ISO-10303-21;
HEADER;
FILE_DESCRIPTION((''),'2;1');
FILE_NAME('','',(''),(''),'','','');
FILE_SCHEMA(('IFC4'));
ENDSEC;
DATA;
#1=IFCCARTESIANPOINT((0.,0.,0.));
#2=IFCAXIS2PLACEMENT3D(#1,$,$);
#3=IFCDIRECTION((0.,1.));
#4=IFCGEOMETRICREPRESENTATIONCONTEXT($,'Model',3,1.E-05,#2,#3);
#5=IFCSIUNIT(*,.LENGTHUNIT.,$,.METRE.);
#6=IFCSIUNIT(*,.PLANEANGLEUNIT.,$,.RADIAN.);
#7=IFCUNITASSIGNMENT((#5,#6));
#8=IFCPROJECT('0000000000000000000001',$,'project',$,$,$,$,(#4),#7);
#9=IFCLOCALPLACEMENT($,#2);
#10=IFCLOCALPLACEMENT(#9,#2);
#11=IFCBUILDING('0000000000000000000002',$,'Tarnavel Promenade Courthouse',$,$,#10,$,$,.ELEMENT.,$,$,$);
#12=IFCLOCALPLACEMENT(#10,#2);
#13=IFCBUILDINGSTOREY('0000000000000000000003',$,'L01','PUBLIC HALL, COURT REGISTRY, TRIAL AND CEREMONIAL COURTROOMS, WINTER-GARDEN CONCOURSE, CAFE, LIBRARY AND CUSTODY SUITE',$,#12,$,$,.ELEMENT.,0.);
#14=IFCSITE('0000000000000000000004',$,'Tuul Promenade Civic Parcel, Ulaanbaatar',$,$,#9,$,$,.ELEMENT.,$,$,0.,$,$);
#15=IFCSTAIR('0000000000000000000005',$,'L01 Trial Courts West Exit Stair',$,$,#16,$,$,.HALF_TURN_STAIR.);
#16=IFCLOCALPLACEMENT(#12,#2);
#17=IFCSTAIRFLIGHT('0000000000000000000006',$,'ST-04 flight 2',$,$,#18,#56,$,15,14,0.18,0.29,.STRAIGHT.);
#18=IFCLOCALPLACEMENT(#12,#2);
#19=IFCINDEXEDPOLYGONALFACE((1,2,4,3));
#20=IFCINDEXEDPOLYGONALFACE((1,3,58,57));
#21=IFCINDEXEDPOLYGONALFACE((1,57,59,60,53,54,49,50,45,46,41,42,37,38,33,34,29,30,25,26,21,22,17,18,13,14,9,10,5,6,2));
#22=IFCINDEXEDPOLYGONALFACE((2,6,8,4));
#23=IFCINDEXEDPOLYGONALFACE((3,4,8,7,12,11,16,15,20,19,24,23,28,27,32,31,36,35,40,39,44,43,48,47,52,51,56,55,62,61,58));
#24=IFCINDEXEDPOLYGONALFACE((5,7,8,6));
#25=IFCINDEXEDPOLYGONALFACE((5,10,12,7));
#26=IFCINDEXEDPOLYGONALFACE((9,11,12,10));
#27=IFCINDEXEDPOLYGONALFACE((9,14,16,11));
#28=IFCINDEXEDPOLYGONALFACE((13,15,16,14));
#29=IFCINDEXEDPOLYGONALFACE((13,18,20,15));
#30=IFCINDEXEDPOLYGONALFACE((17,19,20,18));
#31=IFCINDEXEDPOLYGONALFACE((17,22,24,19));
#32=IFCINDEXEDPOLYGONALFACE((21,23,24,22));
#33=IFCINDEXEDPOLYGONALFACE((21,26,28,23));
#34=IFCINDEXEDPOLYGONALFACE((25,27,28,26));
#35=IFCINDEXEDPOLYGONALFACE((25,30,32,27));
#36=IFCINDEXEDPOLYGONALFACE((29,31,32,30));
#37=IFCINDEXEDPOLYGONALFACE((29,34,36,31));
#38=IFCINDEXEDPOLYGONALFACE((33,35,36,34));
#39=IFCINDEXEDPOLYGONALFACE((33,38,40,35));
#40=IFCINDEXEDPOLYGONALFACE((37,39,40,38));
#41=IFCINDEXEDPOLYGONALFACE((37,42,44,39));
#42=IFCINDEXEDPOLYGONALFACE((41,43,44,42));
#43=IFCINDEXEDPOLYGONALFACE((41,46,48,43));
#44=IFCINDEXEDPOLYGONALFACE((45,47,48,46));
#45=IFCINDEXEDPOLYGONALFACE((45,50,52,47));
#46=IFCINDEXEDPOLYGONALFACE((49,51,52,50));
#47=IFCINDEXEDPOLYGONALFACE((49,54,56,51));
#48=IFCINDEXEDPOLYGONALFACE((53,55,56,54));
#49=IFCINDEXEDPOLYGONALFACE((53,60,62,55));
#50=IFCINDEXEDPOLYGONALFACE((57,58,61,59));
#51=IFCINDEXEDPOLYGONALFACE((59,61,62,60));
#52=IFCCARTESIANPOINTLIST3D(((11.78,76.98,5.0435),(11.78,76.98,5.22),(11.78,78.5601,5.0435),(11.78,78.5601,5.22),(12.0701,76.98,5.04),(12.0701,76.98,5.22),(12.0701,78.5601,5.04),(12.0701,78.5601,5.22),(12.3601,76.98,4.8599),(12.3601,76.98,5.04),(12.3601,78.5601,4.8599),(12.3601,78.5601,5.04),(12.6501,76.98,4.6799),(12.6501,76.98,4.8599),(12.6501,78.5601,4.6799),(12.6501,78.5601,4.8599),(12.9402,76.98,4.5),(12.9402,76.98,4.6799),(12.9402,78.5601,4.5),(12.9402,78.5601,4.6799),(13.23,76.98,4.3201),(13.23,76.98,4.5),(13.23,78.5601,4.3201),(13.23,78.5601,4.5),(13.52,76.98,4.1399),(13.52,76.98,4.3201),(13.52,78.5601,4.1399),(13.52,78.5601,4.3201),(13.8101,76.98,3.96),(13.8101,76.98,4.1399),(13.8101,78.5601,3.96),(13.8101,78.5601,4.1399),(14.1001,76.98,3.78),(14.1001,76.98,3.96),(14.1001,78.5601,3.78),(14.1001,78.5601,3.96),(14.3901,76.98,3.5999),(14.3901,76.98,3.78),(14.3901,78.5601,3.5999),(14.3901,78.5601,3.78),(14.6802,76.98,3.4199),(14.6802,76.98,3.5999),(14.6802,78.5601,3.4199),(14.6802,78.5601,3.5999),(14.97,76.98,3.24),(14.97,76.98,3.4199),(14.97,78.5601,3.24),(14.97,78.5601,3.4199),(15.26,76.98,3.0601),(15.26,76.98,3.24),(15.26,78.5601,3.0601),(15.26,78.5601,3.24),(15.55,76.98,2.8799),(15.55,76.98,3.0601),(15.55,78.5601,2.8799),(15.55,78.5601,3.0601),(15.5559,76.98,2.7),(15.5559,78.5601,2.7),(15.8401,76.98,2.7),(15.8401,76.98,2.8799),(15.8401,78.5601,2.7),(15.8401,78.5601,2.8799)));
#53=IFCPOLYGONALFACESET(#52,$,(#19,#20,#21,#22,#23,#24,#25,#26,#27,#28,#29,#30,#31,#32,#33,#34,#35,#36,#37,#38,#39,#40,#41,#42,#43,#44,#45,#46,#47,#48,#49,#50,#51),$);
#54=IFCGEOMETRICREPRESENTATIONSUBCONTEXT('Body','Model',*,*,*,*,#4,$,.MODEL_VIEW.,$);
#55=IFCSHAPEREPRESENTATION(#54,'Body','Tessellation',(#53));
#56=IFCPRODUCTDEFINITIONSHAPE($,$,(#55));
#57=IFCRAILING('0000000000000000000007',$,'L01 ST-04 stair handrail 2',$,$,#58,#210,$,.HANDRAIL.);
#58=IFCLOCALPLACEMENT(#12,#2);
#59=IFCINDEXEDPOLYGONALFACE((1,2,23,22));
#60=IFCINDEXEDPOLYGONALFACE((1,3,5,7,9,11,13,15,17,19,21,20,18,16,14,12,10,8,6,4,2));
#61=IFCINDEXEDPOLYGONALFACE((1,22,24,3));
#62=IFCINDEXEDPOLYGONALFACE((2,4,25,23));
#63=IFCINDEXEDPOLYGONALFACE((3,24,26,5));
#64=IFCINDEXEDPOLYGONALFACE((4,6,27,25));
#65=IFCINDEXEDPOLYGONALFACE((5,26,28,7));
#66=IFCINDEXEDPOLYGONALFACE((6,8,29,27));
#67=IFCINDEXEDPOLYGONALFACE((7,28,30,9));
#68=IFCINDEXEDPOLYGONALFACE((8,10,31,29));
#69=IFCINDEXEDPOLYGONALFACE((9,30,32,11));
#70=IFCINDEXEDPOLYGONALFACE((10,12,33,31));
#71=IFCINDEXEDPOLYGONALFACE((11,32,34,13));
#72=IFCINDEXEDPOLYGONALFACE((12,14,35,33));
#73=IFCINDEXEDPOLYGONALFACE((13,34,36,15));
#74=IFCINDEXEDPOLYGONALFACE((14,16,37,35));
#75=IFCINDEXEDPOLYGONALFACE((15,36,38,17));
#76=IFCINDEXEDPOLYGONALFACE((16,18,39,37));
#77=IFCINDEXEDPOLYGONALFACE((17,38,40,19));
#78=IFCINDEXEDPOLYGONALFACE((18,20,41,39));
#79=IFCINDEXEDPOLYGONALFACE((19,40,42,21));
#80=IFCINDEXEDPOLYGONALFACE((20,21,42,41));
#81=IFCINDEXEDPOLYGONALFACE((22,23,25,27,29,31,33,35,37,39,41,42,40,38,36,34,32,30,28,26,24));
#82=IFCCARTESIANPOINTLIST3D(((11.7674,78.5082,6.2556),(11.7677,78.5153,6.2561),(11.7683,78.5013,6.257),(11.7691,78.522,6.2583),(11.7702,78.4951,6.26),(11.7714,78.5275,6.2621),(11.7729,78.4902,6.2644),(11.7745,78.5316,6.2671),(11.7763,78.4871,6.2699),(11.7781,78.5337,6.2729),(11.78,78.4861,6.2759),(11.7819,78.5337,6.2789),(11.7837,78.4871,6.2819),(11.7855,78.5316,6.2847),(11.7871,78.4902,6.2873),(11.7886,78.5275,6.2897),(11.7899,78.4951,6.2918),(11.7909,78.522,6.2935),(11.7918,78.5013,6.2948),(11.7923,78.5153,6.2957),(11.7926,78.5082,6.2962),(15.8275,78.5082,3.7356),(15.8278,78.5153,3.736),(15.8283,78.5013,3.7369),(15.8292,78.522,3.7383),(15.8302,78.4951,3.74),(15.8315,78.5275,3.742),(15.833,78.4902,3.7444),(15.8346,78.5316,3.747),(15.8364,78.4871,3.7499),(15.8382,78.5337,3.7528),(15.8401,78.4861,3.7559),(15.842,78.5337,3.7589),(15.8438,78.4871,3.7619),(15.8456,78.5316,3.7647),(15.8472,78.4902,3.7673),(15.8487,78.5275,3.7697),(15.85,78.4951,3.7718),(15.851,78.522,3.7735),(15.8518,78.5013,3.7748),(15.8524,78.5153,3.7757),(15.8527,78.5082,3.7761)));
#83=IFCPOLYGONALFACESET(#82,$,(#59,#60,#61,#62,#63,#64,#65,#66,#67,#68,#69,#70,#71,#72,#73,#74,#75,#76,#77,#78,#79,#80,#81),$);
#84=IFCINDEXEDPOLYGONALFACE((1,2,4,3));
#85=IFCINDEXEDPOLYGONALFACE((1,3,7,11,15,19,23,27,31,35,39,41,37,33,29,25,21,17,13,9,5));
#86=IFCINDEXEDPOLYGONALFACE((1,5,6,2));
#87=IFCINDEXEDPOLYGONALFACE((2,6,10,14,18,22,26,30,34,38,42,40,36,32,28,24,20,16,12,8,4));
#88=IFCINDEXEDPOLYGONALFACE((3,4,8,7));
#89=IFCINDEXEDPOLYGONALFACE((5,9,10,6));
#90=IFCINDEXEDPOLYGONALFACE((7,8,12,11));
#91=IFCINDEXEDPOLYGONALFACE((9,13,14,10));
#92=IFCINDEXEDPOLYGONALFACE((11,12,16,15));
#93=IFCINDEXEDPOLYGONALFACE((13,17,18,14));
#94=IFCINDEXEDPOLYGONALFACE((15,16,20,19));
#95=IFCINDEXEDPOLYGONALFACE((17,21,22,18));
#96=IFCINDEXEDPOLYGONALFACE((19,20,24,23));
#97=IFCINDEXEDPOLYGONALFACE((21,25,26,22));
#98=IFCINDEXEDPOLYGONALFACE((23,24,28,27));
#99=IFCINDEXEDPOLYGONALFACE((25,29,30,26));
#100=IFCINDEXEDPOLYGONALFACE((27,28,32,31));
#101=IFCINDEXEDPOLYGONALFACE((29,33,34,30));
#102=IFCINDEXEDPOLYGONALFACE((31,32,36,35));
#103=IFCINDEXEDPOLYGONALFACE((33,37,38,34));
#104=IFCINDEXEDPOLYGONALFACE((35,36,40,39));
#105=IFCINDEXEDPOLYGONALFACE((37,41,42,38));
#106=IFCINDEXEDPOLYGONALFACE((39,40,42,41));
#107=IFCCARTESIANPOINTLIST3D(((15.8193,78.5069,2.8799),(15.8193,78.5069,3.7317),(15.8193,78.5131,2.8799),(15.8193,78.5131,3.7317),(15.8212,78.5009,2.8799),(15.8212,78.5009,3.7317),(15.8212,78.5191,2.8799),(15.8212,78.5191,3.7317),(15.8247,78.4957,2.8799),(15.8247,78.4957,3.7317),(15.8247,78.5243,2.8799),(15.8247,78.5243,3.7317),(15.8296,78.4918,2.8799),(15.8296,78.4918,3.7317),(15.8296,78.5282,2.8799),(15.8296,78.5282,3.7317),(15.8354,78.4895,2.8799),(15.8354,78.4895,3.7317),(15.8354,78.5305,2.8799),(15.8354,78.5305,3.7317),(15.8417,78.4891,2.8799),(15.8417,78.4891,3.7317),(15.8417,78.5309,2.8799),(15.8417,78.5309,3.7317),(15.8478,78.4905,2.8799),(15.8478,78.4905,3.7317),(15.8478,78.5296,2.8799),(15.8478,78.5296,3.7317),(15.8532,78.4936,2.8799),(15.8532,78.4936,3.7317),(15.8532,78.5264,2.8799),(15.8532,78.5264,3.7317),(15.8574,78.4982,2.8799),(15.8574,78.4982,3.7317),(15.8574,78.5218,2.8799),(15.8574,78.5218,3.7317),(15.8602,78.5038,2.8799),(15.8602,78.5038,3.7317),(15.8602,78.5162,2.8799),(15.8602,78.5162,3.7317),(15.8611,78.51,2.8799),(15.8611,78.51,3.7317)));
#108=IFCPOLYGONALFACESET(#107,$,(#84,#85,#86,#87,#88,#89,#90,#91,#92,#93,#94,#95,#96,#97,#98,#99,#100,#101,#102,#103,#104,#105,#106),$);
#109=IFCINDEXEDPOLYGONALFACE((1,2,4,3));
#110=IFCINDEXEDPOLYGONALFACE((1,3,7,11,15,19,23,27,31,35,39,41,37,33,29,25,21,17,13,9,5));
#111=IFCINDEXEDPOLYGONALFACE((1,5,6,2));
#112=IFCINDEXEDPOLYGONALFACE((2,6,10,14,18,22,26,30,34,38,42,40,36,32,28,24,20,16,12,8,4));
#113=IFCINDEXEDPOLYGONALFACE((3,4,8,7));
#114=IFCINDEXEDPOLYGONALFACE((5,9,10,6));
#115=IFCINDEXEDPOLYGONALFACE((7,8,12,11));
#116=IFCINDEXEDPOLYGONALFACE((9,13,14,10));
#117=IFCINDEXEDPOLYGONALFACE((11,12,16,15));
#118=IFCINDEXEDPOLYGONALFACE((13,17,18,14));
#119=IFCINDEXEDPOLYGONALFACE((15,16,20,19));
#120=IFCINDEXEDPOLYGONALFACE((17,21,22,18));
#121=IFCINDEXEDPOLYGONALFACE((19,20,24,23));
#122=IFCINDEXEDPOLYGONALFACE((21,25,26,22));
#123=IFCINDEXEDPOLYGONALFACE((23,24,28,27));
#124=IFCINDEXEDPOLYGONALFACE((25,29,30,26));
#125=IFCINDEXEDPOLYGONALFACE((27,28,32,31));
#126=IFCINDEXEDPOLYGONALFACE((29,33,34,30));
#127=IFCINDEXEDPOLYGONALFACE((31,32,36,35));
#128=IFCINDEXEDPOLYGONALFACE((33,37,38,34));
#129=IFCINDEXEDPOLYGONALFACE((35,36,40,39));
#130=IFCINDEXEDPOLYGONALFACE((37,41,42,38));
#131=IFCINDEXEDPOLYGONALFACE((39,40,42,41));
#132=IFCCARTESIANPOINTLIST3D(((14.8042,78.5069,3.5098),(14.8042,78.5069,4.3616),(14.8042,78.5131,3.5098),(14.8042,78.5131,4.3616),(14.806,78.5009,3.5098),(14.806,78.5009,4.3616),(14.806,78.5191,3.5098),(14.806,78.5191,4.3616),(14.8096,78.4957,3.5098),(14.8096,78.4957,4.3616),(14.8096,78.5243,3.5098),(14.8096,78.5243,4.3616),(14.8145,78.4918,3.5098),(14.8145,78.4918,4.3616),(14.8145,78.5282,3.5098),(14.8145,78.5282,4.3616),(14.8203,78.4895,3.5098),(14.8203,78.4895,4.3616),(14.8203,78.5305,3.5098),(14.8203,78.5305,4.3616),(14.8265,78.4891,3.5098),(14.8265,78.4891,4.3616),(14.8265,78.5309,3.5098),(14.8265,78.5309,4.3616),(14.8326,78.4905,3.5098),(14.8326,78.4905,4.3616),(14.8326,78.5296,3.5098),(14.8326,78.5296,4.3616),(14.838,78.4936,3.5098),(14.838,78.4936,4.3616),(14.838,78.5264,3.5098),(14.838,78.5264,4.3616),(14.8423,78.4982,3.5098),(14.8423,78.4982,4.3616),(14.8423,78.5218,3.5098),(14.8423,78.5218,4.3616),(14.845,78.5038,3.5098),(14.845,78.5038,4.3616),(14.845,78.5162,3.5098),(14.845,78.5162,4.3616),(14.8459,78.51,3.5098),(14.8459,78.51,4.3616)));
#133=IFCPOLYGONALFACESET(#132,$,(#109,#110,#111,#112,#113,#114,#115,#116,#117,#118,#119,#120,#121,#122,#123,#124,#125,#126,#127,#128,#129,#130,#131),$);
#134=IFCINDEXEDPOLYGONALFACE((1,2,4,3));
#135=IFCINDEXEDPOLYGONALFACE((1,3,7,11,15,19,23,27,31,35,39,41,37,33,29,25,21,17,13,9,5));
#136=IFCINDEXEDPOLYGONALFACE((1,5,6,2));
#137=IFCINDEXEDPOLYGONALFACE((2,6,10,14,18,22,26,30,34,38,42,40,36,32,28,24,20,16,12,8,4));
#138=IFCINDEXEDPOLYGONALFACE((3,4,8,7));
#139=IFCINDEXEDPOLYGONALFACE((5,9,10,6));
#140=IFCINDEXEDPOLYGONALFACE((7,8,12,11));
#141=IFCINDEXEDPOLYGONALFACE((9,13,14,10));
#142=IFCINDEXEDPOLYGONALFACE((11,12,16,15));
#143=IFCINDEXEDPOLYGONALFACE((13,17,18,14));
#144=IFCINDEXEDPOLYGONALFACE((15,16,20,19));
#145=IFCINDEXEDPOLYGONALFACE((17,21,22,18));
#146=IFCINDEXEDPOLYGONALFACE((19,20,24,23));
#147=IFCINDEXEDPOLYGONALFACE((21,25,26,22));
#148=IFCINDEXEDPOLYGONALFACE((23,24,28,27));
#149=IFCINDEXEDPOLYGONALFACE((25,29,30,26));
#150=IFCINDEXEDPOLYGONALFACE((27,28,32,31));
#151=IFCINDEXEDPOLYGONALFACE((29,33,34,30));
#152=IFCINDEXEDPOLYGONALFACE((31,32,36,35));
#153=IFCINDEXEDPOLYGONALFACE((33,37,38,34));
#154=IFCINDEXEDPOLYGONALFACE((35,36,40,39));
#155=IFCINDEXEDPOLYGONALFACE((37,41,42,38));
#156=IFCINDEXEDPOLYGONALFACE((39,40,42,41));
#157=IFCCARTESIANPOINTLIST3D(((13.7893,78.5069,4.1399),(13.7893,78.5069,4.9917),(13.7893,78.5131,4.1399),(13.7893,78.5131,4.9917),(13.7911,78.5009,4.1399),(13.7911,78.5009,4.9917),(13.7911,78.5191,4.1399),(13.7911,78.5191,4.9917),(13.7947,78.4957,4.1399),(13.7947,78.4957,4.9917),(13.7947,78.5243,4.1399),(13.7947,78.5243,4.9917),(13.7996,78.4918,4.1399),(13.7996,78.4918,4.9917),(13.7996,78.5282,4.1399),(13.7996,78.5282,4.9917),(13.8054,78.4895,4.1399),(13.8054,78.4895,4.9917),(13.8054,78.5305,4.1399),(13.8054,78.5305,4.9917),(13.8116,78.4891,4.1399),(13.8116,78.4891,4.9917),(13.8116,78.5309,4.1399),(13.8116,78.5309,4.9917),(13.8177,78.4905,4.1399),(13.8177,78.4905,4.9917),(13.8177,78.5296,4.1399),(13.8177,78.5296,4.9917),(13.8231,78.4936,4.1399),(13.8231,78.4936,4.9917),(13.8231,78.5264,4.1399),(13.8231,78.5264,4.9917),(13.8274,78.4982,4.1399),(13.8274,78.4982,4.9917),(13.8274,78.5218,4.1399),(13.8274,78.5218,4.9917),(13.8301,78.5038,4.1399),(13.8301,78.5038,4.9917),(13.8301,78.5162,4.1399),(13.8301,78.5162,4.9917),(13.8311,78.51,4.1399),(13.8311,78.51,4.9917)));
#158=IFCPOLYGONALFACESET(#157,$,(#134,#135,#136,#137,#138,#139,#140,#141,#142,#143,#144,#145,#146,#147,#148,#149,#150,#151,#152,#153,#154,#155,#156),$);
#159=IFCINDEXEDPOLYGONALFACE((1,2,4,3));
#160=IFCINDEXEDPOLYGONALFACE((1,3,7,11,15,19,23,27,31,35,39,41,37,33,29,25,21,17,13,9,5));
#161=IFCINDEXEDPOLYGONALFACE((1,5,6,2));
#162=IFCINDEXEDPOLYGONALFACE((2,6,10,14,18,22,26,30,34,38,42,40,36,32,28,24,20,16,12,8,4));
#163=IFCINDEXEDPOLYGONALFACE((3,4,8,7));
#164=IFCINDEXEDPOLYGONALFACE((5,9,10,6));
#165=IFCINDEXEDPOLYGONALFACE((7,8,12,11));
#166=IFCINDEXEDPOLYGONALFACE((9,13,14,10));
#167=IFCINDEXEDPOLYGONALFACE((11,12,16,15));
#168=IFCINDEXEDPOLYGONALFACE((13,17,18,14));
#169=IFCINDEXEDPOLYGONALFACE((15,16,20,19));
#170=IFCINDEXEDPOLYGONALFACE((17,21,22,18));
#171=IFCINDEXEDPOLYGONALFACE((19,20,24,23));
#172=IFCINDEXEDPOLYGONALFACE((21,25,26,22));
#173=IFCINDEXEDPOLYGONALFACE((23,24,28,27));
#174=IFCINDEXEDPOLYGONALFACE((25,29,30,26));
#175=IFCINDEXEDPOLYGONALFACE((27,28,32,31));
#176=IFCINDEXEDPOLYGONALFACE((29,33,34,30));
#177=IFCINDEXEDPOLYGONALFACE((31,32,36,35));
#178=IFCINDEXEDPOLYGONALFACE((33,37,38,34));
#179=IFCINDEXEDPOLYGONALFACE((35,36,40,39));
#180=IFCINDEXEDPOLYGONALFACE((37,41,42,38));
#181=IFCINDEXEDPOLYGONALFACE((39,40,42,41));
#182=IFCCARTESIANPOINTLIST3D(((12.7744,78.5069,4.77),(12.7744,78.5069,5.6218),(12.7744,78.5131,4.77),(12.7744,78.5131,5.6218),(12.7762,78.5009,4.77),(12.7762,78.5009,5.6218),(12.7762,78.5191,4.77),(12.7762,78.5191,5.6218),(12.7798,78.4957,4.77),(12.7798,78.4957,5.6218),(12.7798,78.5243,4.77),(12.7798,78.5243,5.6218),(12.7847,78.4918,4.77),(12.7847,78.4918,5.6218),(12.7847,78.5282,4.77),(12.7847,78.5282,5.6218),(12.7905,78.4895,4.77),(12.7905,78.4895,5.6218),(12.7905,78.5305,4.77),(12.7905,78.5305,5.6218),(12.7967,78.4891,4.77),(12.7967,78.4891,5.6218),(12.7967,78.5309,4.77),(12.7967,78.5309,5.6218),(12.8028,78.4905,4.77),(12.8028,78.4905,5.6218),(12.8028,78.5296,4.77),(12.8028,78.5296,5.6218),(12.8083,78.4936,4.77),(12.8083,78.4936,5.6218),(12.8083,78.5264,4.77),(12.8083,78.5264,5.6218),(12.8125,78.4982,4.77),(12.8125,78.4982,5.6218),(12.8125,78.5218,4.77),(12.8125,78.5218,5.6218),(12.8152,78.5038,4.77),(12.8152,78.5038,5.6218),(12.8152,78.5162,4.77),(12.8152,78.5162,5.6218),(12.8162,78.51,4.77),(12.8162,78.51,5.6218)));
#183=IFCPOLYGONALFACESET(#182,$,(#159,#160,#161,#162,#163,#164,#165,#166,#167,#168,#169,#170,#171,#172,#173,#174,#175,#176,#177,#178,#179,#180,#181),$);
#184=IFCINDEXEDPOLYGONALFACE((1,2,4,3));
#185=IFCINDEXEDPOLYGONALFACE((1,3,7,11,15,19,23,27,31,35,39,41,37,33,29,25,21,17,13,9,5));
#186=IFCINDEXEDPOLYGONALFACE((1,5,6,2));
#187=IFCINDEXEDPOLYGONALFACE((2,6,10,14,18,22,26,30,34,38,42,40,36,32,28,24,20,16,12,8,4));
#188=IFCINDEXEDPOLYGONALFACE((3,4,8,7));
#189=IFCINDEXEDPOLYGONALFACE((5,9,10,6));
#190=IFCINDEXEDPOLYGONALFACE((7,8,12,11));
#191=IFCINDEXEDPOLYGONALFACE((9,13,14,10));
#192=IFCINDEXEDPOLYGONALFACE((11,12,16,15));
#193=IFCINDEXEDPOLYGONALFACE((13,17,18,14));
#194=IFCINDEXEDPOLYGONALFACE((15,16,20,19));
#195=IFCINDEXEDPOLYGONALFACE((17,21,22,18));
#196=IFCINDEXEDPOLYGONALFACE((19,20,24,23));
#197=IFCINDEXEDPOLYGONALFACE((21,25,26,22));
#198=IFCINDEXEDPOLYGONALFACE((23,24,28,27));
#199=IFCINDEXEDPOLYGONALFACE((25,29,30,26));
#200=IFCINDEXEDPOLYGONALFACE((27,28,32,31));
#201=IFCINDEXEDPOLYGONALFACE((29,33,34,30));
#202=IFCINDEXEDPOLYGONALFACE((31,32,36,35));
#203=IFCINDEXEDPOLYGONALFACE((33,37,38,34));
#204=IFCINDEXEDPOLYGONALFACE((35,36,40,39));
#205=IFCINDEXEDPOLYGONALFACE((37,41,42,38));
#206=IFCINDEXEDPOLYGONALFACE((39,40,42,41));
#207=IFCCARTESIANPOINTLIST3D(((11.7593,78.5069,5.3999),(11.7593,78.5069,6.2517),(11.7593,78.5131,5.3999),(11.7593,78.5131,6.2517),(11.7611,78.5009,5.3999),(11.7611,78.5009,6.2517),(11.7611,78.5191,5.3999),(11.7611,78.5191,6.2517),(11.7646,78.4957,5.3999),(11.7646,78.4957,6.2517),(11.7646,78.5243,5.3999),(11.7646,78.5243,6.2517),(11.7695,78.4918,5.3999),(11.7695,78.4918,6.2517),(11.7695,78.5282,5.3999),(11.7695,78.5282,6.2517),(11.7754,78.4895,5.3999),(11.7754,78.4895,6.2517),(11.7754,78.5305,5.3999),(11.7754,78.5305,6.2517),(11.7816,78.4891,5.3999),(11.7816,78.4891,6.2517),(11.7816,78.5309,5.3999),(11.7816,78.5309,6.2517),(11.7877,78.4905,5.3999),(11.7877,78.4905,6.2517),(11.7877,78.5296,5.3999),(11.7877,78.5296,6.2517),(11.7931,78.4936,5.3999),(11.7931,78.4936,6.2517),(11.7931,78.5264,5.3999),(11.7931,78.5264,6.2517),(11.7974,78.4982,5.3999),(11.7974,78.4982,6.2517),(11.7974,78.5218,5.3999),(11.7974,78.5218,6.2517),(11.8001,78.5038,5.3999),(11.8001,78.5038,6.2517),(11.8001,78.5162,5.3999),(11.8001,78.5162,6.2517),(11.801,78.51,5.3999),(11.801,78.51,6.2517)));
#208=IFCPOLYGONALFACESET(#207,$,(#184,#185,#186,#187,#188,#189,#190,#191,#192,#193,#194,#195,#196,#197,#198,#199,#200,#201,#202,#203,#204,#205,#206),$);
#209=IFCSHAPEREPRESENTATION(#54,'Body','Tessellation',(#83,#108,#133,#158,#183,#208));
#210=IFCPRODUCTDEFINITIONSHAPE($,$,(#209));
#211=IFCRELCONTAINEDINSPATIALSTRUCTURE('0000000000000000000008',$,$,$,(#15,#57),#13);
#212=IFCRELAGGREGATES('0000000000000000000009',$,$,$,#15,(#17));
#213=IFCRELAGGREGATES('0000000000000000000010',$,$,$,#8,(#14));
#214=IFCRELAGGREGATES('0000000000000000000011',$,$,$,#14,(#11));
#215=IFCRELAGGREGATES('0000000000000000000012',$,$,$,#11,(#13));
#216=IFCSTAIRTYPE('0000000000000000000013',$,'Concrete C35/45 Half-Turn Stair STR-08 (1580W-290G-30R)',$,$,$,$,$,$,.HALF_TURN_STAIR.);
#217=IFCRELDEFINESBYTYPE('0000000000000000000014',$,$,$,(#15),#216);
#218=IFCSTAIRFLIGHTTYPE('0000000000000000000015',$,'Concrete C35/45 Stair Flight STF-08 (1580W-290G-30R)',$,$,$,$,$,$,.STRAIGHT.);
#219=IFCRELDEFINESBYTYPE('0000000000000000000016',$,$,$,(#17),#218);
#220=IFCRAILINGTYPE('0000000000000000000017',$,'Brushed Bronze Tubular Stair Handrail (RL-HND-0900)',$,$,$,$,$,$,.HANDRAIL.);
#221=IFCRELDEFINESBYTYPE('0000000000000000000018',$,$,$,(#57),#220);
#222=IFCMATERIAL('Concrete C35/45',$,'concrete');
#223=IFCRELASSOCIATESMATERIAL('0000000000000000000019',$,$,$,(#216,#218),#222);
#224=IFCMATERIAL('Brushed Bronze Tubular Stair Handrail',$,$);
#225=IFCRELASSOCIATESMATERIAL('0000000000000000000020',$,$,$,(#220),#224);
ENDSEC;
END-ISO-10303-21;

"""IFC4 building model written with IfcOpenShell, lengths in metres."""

from ifc_helpers import new_model, si_unit, direction, frame, origin, origin_2d, place, context, subcontext, project, spatial, polyline, circle, outline, extrude, material, type_object, element, aggregate, save


model = new_model("IFC4")

# Units and contexts
model_context = context("Model", 3, precision=1e-05, world=origin(), true_north=direction((0.0, 1.0)))
body_context = subcontext(model_context, "Body", "Model", "MODEL_VIEW")
ifc_project = project(units=[si_unit("LENGTHUNIT", "METRE"), si_unit("PLANEANGLEUNIT", "RADIAN")], contexts=[model_context])

# Site, building, storey
site_placement = place(None, origin())
site = spatial("IfcSite", under=ifc_project, at=site_placement, Name="Tuul Promenade Civic Parcel, Ulaanbaatar", CompositionType="ELEMENT", RefElevation=0.0)
building_placement = place(site_placement, origin())
building = spatial("IfcBuilding", under=site, at=building_placement, Name="Tarnavel Promenade Courthouse", CompositionType="ELEMENT")
storey_placement = place(building_placement, origin())
storey = spatial("IfcBuildingStorey", under=building, at=storey_placement, Name="L01", Description="PUBLIC HALL, COURT REGISTRY, TRIAL AND CEREMONIAL COURTROOMS, WINTER-GARDEN CONCOURSE, CAFE, LIBRARY AND CUSTODY SUITE", CompositionType="ELEMENT", Elevation=0.0)

# Stair, stair flight
ifc_material_1 = material(Name="Concrete C35/45", Category="concrete")
stair_type = type_object("IfcStairType", Name="Concrete C35/45 Half-Turn Stair STR-08 (1580W-290G-30R)", PredefinedType="HALF_TURN_STAIR", material=ifc_material_1)
stair_placement = place(storey_placement, origin())
stair = element("IfcStair", 1, at=stair_placement, inside=storey, type_object=stair_type, Name="L01 Trial Courts West Exit Stair", PredefinedType="HALF_TURN_STAIR")
stair_flight_type = type_object("IfcStairFlightType", Name="Concrete C35/45 Stair Flight STF-08 (1580W-290G-30R)", PredefinedType="STRAIGHT", material=ifc_material_1)
stair_flight_placement = place(storey_placement, frame((15.8401, 77.77, 2.7), z_axis=(0.0, 0.0, 1.0), x_axis=(-1.0, 0.0, 0.0)))
stair_flight = element("IfcStairFlight", 2, at=stair_flight_placement, type_object=stair_flight_type, Name="ST-04 flight 2", NumberOfRisers=15, NumberOfTreads=14, PredefinedType="STRAIGHT", RiserHeight=0.18, TreadLength=0.29, context=body_context, shape_type="SweptSolid", body=[
    extrude(outline(polyline([(0.0, 0.0), (0.0, 0.1799), (0.29, 0.1799), (0.29, 0.3601), (0.5801, 0.3601), (0.5801, 0.54), (0.8701, 0.54), (0.8701, 0.72), (1.1599, 0.72), (1.1599, 0.8999), (1.45, 0.8999), (1.45, 1.0801), (1.74, 1.0801), (1.74, 1.26), (2.03, 1.26), (2.03, 1.4399), (2.3201, 1.4399), (2.3201, 1.6201), (2.6101, 1.6201), (2.6101, 1.8), (2.8999, 1.8), (2.8999, 1.98), (3.1899, 1.98), (3.1899, 2.1599), (3.48, 2.1599), (3.48, 2.3401), (3.77, 2.3401), (3.77, 2.52), (4.0601, 2.52), (4.0601, 2.7), (4.0601, 2.3435), (0.2842, 0.0), (0.0, 0.0)])), frame((0.0, 0.79, 0.0), z_axis=(0.0, -1.0, 0.0), x_axis=(1.0, 0.0, 0.0)), (0.0, 0.0, 1.0), 1.5801),
])
aggregate(stair, [stair_flight])

# Railing
ifc_material_2 = material(Name="Brushed Bronze Tubular Stair Handrail")
railing_type_1 = type_object("IfcRailingType", Name="Brushed Bronze Tubular Stair Handrail (RL-HND-0900)", PredefinedType="HANDRAIL", material=ifc_material_2)
railing_1_placement = place(storey_placement, frame((15.8401, 78.51, 2.8799)))
element("IfcRailing", 3, at=railing_1_placement, inside=storey, type_object=railing_type_1, Name="L01 ST-04 stair handrail 2", PredefinedType="HANDRAIL", context=body_context, shape_type="SweptSolid", body=[
    extrude(circle(Radius=0.0239, at=origin_2d()), frame((0.0, 0.0, 0.876), z_axis=(-0.849642, 0.0, 0.52736), x_axis=(0.0, -1.0, 0.0)), (0.0, 0.0, 1.0), 4.7786),
    extrude(circle(Radius=0.021, at=origin_2d()), origin(), (0.0, 0.0, 1.0), 0.8518),
    extrude(circle(Radius=0.021, at=origin_2d()), frame((-1.0151, 0.0, 0.6299)), (0.0, 0.0, 1.0), 0.8518),
    extrude(circle(Radius=0.021, at=origin_2d()), frame((-2.03, 0.0, 1.26)), (0.0, 0.0, 1.0), 0.8518),
    extrude(circle(Radius=0.021, at=origin_2d()), frame((-3.0449, 0.0, 1.8901)), (0.0, 0.0, 1.0), 0.8518),
    extrude(circle(Radius=0.021, at=origin_2d()), frame((-4.0601, 0.0, 2.52)), (0.0, 0.0, 1.0), 0.8518),
])

save(model, "model.ifc")
